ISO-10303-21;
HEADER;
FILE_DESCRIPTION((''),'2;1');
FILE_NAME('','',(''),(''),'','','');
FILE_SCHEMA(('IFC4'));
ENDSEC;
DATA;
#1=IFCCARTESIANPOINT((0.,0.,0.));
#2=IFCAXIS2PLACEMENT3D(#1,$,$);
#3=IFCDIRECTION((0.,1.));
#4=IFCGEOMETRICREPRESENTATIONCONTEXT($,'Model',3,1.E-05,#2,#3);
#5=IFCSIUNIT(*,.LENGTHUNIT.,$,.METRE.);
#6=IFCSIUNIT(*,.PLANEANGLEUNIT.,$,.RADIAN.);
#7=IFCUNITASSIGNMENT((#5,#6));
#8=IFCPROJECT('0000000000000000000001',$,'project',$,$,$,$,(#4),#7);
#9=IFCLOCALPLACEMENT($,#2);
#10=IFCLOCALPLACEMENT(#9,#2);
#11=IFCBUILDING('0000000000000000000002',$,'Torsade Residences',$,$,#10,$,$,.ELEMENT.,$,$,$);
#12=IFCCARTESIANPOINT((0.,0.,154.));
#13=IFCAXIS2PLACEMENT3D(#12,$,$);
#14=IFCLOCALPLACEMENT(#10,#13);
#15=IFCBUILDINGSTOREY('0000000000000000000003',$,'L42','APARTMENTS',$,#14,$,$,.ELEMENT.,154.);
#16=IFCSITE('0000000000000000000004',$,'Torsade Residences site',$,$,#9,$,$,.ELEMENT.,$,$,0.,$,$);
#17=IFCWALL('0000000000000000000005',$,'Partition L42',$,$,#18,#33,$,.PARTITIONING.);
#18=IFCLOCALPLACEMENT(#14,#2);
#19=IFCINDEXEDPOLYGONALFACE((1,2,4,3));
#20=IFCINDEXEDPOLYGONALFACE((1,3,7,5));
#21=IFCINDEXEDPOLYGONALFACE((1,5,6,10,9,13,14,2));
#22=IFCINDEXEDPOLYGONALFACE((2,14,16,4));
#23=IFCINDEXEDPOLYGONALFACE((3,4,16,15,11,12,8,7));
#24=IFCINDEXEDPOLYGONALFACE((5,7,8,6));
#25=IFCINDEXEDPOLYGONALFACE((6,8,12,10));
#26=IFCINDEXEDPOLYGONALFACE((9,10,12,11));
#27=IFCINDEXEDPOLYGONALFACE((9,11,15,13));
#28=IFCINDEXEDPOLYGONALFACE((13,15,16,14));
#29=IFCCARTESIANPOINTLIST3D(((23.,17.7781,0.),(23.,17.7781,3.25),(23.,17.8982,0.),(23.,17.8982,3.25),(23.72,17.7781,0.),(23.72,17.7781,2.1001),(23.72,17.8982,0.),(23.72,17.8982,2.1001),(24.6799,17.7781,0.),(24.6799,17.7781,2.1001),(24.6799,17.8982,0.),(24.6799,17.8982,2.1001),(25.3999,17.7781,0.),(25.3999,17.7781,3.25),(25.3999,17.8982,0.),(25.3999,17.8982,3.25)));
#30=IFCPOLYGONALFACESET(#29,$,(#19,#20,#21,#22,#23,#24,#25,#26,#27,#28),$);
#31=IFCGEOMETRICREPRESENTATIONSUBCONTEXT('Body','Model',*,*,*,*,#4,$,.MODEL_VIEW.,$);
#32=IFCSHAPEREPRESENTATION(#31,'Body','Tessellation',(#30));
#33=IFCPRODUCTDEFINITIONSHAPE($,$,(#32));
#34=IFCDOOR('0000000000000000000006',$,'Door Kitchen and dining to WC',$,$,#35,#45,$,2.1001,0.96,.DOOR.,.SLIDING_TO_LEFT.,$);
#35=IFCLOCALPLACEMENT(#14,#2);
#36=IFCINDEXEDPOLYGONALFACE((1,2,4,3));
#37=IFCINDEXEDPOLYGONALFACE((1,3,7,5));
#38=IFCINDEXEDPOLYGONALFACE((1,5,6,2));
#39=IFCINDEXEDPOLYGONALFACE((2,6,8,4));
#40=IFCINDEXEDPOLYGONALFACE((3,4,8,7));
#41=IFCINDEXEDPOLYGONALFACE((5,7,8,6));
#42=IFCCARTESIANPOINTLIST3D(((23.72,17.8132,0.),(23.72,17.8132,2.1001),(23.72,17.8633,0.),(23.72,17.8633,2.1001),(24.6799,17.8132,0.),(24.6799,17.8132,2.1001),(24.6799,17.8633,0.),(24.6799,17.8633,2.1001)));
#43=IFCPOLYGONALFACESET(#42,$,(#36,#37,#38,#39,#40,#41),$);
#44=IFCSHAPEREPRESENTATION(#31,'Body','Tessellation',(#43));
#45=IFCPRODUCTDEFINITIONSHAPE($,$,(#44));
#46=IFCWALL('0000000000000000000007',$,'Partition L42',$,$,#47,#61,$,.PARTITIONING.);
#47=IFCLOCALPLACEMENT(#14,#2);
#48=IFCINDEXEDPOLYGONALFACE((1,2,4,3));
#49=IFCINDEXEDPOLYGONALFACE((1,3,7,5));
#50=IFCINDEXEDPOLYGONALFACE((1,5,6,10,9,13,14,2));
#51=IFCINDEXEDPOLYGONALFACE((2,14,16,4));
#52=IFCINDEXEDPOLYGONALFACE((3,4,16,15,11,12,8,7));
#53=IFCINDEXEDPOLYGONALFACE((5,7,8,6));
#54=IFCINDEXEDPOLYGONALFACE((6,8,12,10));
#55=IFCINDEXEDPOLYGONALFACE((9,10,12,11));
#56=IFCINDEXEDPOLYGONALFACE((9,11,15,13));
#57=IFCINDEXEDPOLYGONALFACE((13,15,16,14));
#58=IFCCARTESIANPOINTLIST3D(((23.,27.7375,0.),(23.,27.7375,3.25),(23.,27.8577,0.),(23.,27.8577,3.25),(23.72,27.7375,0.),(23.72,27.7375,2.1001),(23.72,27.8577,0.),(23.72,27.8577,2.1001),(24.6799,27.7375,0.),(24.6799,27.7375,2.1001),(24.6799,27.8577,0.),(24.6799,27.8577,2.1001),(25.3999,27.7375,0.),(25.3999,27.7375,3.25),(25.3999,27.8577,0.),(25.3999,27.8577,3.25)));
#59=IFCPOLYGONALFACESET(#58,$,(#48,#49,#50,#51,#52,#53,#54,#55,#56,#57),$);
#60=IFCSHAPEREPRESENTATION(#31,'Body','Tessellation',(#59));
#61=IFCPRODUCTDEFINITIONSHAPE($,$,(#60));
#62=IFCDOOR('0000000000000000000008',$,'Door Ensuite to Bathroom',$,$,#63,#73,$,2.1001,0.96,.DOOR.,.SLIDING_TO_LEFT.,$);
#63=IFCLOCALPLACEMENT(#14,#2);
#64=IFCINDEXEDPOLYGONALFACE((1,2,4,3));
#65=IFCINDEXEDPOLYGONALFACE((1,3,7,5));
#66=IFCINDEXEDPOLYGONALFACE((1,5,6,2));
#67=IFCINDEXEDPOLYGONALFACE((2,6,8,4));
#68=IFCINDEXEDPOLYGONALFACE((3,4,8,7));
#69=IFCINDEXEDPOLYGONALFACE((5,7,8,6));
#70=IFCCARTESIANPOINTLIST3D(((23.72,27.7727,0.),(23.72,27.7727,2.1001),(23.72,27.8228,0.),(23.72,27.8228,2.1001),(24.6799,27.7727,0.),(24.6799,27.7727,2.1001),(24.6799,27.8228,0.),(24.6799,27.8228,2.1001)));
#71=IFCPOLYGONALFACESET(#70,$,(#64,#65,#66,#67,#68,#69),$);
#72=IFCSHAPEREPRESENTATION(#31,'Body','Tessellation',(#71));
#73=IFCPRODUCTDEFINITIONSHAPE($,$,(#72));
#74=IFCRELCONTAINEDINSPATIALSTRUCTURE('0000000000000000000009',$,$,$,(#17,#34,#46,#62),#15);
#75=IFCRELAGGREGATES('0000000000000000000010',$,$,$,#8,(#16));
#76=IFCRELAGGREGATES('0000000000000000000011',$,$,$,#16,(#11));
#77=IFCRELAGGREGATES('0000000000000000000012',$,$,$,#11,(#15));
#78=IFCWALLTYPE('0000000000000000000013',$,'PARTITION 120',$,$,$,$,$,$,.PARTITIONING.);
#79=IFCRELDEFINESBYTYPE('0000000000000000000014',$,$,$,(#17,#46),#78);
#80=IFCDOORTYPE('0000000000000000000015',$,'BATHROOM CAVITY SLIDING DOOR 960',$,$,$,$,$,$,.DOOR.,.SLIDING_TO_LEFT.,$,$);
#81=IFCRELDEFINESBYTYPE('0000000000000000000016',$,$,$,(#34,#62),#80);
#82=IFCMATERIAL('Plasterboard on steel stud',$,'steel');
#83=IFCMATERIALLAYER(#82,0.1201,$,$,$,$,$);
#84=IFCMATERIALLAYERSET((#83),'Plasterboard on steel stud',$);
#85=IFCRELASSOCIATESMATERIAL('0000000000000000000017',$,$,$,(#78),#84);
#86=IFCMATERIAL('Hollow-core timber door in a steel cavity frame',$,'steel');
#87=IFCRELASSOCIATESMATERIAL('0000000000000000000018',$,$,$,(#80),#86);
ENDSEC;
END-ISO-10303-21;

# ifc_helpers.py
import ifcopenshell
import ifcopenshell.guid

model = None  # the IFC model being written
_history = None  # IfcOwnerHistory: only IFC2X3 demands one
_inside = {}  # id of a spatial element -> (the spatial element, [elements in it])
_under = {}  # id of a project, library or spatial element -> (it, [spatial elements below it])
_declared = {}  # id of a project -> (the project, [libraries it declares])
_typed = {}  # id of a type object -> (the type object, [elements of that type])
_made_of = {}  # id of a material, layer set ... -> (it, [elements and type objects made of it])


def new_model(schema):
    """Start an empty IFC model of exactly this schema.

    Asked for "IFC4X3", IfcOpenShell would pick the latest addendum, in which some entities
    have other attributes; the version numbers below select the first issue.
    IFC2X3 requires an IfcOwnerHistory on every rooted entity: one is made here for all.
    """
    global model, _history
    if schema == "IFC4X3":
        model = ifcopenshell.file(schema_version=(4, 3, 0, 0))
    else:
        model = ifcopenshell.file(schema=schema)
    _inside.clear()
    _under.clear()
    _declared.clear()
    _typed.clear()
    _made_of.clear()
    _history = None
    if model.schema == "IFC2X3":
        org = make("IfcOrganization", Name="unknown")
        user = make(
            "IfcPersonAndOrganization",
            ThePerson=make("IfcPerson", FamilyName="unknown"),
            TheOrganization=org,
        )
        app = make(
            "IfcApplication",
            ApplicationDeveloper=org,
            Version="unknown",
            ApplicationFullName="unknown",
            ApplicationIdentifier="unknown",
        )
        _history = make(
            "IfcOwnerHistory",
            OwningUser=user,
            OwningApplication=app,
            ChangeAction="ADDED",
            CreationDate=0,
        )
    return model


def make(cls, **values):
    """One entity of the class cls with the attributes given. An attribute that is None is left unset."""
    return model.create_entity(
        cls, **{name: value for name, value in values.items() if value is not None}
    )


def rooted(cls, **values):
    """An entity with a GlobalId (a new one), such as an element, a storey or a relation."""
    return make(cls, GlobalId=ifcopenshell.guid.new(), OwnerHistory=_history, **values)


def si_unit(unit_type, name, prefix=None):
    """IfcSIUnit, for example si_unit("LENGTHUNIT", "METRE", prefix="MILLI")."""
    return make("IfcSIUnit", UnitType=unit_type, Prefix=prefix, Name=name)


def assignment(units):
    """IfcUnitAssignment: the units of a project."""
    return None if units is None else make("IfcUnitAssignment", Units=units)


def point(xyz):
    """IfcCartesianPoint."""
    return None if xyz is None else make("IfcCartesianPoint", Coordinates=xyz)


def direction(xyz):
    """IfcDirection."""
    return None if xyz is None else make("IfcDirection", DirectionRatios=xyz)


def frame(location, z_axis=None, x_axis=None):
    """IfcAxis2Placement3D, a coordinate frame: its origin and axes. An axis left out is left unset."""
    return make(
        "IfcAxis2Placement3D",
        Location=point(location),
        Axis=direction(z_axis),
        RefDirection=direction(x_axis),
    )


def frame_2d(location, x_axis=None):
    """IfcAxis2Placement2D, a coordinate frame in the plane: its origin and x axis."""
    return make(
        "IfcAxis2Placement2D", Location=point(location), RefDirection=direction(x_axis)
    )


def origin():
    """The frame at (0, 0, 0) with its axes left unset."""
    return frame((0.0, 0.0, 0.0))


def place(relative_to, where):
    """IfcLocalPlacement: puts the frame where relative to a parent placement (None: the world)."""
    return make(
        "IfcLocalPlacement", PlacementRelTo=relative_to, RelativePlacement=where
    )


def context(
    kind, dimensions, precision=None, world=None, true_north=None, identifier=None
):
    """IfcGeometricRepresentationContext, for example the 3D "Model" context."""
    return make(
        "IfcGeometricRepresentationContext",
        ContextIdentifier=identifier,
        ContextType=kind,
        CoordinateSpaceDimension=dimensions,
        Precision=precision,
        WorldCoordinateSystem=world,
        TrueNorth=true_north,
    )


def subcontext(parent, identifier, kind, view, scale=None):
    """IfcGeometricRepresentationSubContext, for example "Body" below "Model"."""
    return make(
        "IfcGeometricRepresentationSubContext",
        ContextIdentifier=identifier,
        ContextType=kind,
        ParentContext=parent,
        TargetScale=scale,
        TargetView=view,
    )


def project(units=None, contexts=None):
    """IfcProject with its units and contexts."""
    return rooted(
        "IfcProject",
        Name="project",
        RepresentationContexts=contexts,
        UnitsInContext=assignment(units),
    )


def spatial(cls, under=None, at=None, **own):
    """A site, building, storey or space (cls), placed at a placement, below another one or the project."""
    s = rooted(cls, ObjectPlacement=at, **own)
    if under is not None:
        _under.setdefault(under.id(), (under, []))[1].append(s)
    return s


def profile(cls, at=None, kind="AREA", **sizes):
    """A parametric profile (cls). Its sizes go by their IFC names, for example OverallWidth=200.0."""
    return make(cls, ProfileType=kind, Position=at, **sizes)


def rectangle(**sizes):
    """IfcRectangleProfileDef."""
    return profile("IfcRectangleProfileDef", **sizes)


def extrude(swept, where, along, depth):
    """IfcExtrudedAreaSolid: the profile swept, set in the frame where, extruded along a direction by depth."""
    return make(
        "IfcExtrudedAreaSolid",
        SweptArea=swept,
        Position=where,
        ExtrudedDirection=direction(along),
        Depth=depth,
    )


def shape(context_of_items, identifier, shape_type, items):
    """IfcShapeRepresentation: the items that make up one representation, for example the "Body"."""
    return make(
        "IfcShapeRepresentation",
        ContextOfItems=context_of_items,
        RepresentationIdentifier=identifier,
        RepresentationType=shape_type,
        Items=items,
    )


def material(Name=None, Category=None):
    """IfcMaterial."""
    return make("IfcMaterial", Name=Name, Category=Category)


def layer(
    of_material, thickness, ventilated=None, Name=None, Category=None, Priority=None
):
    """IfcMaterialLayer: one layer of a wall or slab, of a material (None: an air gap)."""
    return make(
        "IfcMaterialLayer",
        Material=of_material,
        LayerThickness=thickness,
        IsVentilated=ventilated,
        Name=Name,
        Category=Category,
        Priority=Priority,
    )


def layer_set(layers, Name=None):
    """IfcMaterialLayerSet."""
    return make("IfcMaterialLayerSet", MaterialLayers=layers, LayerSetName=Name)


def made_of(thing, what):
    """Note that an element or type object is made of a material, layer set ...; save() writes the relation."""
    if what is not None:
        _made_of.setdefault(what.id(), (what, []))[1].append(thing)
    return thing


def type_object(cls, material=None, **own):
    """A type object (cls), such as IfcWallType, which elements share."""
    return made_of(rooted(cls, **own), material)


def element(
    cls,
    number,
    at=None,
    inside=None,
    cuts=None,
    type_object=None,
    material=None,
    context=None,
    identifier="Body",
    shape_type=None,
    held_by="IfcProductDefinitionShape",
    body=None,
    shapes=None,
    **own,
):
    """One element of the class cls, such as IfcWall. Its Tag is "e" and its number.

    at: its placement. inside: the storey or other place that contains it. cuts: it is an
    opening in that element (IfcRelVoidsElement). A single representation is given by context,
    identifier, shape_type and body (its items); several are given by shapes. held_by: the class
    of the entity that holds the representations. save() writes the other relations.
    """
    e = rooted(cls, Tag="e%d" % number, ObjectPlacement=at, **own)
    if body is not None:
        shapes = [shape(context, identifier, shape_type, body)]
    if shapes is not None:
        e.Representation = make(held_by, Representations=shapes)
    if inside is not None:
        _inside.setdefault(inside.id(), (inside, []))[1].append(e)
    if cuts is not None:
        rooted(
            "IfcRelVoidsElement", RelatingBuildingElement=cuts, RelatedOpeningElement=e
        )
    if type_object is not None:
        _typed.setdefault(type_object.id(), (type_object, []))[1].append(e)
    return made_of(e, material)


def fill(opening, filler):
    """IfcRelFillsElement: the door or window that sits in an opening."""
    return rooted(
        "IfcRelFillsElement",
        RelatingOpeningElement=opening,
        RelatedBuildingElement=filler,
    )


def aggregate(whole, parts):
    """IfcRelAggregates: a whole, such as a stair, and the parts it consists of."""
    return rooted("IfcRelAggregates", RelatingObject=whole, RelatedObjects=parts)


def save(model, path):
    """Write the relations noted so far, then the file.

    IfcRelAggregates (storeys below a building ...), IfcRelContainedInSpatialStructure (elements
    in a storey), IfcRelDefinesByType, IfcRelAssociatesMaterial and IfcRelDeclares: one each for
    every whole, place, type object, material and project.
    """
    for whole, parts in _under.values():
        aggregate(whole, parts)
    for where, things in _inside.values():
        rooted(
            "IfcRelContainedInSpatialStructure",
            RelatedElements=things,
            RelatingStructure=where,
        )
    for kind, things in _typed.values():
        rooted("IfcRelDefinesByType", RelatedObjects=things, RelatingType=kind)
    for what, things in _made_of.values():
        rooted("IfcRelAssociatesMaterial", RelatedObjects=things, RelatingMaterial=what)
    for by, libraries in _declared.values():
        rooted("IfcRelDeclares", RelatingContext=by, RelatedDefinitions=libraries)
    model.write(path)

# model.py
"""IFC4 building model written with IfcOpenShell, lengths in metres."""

from ifc_helpers import new_model, si_unit, direction, frame, frame_2d, origin, place, context, subcontext, project, spatial, rectangle, extrude, material, layer, layer_set, type_object, element, fill, save


model = new_model("IFC4")

# Units and contexts
model_context = context("Model", 3, precision=1e-05, world=origin(), true_north=direction((0.0, 1.0)))
body_context = subcontext(model_context, "Body", "Model", "MODEL_VIEW")
ifc_project = project(units=[si_unit("LENGTHUNIT", "METRE"), si_unit("PLANEANGLEUNIT", "RADIAN")], contexts=[model_context])

# Site, building, storey
site_placement = place(None, origin())
site = spatial("IfcSite", under=ifc_project, at=site_placement, Name="Torsade Residences site", CompositionType="ELEMENT", RefElevation=0.0)
building_placement = place(site_placement, origin())
building = spatial("IfcBuilding", under=site, at=building_placement, Name="Torsade Residences", CompositionType="ELEMENT")
storey_placement = place(building_placement, frame((0.0, 0.0, 154.0)))
storey = spatial("IfcBuildingStorey", under=building, at=storey_placement, Name="L42", Description="APARTMENTS", CompositionType="ELEMENT", Elevation=154.0)

# Shared definitions
ifc_material_1 = material(Name="Plasterboard on steel stud", Category="steel")
ifc_layer_1 = layer(ifc_material_1, 0.1201)
ifc_layer_set_1 = layer_set([ifc_layer_1], Name="Plasterboard on steel stud")
wall_type_1 = type_object("IfcWallType", Name="PARTITION 120", PredefinedType="PARTITIONING", material=ifc_layer_set_1)

# Walls, openings, doors
wall_1_placement = place(storey_placement, frame((25.3999, 17.8381, 0.0), z_axis=(0.0, 0.0, 1.0), x_axis=(-1.0, 0.0, 0.0)))
wall_1 = element("IfcWall", 1, at=wall_1_placement, inside=storey, type_object=wall_type_1, Name="Partition L42", PredefinedType="PARTITIONING", context=body_context, shape_type="SweptSolid", body=[
    extrude(rectangle(XDim=2.3999, YDim=0.1201, at=frame_2d((1.2, 0.0))), origin(), (0.0, 0.0, 1.0), 3.25),
])
opening_1_placement = place(wall_1_placement, frame((0.72, 0.0, 0.0)))
opening_1 = element("IfcOpeningElement", 2, at=opening_1_placement, cuts=wall_1, PredefinedType="OPENING", context=body_context, shape_type="SweptSolid", body=[
    extrude(rectangle(XDim=0.96, YDim=2.1001, at=frame_2d((0.48, 1.05))), frame((0.0, 0.0701, 0.0), z_axis=(0.0, -1.0, 0.0), x_axis=(1.0, 0.0, 0.0)), (0.0, 0.0, 1.0), 0.1401),
])
ifc_material_2 = material(Name="Hollow-core timber door in a steel cavity frame", Category="steel")
door_type_1 = type_object("IfcDoorType", Name="BATHROOM CAVITY SLIDING DOOR 960", OperationType="SLIDING_TO_LEFT", PredefinedType="DOOR", material=ifc_material_2)
door_1_placement = place(opening_1_placement, origin())
door_1 = element("IfcDoor", 3, at=door_1_placement, inside=storey, type_object=door_type_1, Name="Door Kitchen and dining to WC", OperationType="SLIDING_TO_LEFT", OverallHeight=2.1001, OverallWidth=0.96, PredefinedType="DOOR", context=body_context, shape_type="SweptSolid", body=[
    extrude(rectangle(XDim=0.96, YDim=2.1001, at=frame_2d((0.48, 1.05))), frame((0.0, 0.0249, 0.0), z_axis=(0.0, -1.0, 0.0), x_axis=(1.0, 0.0, 0.0)), (0.0, 0.0, 1.0), 0.05),
])
fill(opening_1, door_1)
wall_2_placement = place(storey_placement, frame((25.3999, 27.7976, 0.0), z_axis=(0.0, 0.0, 1.0), x_axis=(-1.0, 0.0, 0.0)))
wall_2 = element("IfcWall", 4, at=wall_2_placement, inside=storey, type_object=wall_type_1, Name="Partition L42", PredefinedType="PARTITIONING", context=body_context, shape_type="SweptSolid", body=[
    extrude(rectangle(XDim=2.3999, YDim=0.1201, at=frame_2d((1.2, 0.0))), origin(), (0.0, 0.0, 1.0), 3.25),
])
opening_2_placement = place(wall_2_placement, frame((0.72, 0.0, 0.0)))
opening_2 = element("IfcOpeningElement", 5, at=opening_2_placement, cuts=wall_2, PredefinedType="OPENING", context=body_context, shape_type="SweptSolid", body=[
    extrude(rectangle(XDim=0.96, YDim=2.1001, at=frame_2d((0.48, 1.05))), frame((0.0, 0.0701, 0.0), z_axis=(0.0, -1.0, 0.0), x_axis=(1.0, 0.0, 0.0)), (0.0, 0.0, 1.0), 0.1401),
])
door_2_placement = place(opening_2_placement, origin())
door_2 = element("IfcDoor", 6, at=door_2_placement, inside=storey, type_object=door_type_1, Name="Door Ensuite to Bathroom", OperationType="SLIDING_TO_LEFT", OverallHeight=2.1001, OverallWidth=0.96, PredefinedType="DOOR", context=body_context, shape_type="SweptSolid", body=[
    extrude(rectangle(XDim=0.96, YDim=2.1001, at=frame_2d((0.48, 1.05))), frame((0.0, 0.0249, 0.0), z_axis=(0.0, -1.0, 0.0), x_axis=(1.0, 0.0, 0.0)), (0.0, 0.0, 1.0), 0.05),
])
fill(opening_2, door_2)

save(model, "model.ifc")
